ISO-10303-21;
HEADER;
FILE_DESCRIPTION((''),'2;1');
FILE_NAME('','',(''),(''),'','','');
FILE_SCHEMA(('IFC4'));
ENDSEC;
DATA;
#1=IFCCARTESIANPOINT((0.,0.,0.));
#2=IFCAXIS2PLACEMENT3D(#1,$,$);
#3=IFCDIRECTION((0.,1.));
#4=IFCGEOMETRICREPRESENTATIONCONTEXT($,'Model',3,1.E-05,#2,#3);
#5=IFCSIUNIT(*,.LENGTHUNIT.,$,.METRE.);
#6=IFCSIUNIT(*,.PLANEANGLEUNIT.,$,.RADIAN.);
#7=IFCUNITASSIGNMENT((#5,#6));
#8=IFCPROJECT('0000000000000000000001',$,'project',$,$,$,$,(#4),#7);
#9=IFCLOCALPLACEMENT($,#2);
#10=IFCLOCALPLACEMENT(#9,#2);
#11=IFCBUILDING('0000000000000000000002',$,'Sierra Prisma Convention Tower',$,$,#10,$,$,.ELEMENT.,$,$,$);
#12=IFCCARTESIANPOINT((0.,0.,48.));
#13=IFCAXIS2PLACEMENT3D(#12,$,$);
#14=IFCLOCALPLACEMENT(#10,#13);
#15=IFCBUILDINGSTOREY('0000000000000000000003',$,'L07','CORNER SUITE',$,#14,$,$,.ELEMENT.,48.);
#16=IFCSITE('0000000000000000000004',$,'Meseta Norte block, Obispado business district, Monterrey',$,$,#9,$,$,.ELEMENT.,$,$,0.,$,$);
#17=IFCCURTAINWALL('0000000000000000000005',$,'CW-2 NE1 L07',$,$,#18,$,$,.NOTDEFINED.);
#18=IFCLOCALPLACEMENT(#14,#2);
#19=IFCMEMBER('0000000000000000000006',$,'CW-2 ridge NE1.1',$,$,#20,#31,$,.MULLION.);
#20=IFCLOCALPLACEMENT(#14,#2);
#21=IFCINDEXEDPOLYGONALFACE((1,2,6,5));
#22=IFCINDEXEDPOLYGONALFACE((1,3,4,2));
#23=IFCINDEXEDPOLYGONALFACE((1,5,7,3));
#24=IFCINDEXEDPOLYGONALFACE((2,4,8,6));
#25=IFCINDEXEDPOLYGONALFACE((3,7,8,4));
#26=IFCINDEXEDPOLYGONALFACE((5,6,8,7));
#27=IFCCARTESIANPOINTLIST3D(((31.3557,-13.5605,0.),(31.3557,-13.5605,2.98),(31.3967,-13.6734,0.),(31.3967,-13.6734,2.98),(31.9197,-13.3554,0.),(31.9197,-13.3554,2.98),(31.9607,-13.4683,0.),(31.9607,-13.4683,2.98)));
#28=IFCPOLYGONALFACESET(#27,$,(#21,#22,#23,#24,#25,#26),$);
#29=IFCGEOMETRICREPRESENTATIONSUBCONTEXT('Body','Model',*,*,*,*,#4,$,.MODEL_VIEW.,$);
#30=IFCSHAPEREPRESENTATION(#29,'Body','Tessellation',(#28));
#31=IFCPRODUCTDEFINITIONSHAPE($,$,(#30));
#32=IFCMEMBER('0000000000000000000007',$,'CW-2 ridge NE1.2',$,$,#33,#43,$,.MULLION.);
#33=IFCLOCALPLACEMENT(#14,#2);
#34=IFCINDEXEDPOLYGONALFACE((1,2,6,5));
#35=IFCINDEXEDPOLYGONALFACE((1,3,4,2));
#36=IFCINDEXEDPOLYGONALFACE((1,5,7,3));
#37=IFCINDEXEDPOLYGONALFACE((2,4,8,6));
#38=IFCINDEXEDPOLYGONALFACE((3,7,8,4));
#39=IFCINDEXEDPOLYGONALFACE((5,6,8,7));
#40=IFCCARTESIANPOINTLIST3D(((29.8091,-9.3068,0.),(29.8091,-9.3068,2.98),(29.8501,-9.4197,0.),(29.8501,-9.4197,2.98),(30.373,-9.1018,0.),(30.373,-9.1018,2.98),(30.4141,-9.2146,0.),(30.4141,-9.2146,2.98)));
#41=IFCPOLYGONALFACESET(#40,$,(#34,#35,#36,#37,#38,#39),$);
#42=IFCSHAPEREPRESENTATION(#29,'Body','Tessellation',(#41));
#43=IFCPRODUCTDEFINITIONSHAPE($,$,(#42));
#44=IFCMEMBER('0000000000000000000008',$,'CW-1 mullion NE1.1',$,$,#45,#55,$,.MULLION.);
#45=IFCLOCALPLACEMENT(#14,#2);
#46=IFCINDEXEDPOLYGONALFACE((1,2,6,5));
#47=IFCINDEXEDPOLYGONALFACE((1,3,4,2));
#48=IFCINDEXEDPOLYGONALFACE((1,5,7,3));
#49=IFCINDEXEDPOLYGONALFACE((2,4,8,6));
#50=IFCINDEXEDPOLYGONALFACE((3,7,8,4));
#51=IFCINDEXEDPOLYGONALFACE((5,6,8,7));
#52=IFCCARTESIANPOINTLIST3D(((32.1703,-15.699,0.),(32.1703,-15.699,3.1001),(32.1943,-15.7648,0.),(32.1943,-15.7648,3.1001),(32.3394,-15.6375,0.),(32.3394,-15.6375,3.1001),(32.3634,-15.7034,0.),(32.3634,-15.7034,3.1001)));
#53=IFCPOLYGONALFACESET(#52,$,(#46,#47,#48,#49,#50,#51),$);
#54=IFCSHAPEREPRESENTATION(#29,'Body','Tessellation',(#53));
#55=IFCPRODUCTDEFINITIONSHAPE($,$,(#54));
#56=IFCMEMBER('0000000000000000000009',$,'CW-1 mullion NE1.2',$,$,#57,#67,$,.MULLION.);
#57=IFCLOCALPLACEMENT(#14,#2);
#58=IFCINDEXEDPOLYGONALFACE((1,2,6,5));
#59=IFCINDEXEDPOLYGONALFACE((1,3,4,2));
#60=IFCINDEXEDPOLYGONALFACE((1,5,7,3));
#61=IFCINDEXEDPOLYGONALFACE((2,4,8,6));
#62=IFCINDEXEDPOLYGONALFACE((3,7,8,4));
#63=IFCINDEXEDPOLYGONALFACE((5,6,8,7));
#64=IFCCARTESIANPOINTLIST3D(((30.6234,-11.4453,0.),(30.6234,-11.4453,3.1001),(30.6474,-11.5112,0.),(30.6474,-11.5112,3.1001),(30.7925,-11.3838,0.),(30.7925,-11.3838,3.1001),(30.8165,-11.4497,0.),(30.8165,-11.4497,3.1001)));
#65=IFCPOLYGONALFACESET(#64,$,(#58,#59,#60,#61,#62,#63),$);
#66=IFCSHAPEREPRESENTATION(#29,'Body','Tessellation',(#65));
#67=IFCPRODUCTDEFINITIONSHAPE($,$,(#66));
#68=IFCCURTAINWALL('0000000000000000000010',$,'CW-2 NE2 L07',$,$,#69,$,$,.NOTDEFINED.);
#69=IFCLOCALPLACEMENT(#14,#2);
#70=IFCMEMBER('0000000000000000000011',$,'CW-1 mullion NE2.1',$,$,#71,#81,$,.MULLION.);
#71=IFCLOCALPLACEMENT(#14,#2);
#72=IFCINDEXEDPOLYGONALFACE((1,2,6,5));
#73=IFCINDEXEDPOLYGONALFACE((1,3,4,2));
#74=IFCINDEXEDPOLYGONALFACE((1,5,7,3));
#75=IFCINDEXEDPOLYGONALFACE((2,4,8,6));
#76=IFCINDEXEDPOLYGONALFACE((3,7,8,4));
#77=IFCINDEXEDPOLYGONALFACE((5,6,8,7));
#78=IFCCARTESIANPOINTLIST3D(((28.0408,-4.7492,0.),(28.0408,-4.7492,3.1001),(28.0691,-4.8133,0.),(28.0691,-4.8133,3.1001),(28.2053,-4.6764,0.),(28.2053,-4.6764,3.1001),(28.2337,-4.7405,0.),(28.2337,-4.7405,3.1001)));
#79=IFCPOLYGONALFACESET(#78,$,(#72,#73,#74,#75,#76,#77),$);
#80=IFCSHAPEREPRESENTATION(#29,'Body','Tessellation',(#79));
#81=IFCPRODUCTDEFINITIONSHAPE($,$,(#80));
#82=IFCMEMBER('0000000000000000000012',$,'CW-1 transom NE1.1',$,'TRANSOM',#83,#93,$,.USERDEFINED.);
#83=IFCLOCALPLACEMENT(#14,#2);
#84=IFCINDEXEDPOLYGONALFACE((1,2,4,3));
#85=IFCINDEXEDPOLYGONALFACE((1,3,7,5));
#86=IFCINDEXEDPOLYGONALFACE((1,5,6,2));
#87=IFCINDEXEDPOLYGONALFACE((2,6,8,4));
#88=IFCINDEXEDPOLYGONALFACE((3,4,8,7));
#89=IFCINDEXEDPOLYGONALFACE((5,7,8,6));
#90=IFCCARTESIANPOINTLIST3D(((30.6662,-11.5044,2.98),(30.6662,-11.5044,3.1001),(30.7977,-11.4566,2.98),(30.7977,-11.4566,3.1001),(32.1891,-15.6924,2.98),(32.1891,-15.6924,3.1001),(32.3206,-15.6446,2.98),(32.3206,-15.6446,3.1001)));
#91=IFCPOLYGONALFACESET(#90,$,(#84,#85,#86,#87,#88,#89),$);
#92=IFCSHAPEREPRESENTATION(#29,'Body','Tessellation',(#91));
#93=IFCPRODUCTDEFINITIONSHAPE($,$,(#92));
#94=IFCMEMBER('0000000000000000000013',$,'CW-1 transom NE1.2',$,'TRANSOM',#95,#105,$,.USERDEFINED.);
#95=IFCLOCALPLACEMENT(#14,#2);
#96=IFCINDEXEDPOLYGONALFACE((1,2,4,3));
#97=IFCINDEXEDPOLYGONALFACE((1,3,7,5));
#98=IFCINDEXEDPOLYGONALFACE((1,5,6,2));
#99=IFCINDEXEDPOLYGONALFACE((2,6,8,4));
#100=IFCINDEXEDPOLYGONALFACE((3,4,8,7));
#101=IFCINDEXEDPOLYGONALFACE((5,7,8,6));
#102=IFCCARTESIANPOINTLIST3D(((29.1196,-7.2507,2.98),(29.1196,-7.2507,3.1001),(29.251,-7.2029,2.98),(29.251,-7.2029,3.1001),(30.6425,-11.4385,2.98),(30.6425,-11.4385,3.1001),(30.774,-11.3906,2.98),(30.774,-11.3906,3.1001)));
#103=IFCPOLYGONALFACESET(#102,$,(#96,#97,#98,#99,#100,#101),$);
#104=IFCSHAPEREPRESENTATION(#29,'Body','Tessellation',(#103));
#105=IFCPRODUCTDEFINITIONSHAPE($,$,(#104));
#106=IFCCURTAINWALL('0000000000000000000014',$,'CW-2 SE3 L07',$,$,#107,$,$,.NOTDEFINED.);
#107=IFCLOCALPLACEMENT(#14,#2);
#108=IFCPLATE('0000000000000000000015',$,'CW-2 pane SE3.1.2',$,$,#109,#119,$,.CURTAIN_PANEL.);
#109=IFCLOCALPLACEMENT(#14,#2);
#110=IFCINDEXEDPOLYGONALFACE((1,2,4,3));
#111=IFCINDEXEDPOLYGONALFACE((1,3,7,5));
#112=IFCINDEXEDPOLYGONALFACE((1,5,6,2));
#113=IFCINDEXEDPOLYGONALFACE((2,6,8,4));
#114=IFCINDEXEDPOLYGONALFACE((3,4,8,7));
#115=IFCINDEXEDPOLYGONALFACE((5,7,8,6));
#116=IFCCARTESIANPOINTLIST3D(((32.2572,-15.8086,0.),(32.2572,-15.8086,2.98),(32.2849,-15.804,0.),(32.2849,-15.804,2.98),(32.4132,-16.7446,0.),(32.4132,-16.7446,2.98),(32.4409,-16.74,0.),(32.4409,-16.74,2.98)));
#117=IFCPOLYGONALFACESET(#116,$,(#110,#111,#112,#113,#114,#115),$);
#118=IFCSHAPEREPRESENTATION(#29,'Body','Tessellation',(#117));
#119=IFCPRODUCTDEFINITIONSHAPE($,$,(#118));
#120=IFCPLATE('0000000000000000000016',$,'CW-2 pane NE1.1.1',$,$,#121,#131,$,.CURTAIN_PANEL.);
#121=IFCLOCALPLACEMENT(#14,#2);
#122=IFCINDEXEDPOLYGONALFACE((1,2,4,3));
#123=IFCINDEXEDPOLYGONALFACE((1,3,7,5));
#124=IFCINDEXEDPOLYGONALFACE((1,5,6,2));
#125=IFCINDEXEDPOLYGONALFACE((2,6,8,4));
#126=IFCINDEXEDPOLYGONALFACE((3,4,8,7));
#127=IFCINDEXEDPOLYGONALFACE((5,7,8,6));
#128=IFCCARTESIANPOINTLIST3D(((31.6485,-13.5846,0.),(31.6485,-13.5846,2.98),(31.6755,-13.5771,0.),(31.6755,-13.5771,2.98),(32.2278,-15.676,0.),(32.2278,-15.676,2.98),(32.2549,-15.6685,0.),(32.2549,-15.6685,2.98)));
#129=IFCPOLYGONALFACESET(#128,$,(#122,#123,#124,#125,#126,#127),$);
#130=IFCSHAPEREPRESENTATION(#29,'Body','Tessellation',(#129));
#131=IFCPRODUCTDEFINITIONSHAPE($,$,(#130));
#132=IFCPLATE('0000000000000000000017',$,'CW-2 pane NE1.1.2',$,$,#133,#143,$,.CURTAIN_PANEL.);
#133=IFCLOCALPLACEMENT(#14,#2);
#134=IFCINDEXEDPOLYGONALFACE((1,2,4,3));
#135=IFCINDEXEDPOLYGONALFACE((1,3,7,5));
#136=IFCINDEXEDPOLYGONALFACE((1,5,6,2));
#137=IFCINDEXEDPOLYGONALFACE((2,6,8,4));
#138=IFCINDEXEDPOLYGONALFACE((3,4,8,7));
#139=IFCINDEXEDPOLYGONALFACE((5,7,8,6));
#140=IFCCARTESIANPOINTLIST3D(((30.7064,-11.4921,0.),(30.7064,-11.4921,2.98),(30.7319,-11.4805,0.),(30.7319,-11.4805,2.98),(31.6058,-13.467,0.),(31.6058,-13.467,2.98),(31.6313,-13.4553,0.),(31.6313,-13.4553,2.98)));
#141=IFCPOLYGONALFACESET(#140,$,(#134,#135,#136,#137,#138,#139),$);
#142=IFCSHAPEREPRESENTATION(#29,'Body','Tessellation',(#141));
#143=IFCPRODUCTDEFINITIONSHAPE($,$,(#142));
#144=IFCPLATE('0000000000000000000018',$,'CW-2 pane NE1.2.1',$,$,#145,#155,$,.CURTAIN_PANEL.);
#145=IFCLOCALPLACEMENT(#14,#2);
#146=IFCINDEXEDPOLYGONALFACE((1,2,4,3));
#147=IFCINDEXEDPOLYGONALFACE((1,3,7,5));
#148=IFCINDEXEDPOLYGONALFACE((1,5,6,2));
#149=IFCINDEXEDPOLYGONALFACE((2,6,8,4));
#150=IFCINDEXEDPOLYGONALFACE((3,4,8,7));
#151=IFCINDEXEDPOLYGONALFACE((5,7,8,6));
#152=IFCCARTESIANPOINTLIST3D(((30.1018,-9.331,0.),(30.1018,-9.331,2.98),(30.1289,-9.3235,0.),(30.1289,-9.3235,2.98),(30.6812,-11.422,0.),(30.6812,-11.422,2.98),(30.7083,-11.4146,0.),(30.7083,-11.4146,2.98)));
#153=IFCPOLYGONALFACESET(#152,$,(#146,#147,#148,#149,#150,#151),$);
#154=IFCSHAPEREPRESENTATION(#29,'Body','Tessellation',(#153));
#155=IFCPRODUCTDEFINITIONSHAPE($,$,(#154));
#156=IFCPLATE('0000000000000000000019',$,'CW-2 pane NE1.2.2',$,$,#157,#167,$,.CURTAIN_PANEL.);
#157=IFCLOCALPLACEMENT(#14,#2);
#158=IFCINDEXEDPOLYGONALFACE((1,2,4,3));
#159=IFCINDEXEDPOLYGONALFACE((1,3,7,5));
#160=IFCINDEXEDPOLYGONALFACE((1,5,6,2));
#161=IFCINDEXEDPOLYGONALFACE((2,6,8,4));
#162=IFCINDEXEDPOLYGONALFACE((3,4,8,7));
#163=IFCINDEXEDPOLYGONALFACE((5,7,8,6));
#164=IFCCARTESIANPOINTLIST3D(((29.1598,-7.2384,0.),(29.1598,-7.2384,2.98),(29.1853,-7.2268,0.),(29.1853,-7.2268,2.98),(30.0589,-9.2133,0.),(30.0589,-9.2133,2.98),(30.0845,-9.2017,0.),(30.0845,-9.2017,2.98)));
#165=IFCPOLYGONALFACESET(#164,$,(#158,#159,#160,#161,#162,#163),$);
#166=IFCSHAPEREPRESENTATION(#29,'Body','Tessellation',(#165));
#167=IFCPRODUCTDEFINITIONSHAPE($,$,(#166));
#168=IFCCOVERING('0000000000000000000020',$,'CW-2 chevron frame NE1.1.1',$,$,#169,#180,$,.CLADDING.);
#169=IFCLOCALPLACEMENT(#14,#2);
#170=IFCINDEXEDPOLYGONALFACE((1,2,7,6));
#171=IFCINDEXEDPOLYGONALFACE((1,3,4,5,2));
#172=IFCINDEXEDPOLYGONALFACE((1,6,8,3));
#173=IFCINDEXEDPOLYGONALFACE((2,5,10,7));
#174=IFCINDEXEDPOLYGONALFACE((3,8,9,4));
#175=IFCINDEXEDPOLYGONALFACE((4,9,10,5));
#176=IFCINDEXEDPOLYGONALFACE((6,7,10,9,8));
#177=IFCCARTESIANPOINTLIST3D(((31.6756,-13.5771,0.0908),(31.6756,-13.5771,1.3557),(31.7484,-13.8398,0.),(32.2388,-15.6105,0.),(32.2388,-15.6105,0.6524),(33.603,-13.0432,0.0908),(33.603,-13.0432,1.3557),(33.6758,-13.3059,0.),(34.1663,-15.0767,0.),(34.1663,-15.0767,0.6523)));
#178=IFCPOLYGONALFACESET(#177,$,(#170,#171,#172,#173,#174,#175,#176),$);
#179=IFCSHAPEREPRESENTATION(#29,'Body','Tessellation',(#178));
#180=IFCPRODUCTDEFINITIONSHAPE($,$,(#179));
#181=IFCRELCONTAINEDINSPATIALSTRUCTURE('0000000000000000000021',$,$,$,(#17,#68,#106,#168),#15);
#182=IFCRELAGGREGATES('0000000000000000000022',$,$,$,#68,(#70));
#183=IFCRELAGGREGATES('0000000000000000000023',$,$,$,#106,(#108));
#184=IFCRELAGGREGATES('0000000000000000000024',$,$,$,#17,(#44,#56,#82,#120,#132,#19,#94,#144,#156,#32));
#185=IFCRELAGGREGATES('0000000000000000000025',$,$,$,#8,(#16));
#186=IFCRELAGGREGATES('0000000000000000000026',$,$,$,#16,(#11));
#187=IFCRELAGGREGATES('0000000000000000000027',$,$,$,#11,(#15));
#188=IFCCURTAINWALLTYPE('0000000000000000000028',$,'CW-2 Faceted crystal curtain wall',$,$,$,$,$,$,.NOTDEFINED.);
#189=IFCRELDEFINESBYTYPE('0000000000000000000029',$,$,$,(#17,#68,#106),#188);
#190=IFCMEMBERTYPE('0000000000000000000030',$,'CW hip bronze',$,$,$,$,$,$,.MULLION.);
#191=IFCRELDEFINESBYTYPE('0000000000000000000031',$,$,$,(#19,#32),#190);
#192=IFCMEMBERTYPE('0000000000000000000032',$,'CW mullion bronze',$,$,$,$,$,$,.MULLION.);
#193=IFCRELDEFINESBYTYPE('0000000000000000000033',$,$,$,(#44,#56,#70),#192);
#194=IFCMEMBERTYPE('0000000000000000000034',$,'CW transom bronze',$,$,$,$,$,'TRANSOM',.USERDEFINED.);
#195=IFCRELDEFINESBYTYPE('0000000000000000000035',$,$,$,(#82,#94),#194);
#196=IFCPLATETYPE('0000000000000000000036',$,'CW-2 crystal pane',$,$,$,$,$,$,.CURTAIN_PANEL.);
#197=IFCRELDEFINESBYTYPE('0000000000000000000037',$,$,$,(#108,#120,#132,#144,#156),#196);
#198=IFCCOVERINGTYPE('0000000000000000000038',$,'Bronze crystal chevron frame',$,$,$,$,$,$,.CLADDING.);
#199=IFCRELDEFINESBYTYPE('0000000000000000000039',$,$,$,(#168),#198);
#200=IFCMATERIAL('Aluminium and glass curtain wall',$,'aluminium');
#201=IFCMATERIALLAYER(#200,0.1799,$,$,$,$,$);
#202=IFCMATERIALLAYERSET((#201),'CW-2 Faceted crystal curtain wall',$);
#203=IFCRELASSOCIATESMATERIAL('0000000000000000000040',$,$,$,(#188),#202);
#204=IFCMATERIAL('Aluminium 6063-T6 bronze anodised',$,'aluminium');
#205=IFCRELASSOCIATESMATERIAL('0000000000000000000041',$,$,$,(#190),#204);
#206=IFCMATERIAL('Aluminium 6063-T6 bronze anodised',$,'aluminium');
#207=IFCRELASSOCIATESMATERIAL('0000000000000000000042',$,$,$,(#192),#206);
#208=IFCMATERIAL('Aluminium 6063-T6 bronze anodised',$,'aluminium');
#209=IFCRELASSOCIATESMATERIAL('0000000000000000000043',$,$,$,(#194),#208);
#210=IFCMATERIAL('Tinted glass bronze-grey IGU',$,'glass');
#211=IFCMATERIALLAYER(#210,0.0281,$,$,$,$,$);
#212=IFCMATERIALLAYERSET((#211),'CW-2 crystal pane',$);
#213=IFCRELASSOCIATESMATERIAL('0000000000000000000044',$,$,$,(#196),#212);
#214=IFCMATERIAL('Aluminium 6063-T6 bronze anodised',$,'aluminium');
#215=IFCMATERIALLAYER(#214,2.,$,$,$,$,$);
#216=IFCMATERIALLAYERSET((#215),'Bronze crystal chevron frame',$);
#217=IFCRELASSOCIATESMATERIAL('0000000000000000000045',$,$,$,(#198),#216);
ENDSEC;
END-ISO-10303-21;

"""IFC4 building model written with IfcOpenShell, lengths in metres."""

from ifc_helpers import new_model, si_unit, direction, frame, origin, origin_2d, place, context, subcontext, project, spatial, polyline, rectangle, outline, extrude, material, layer, layer_set, material_profile, profile_set, type_object, element, aggregate, save


model = new_model("IFC4")

# Units and contexts
model_context = context("Model", 3, precision=1e-05, world=origin(), true_north=direction((0.0, 1.0)))
body_context = subcontext(model_context, "Body", "Model", "MODEL_VIEW")
ifc_project = project(units=[si_unit("LENGTHUNIT", "METRE"), si_unit("PLANEANGLEUNIT", "RADIAN")], contexts=[model_context])

# Site, building, storey
site_placement = place(None, origin())
site = spatial("IfcSite", under=ifc_project, at=site_placement, Name="Meseta Norte block, Obispado business district, Monterrey", CompositionType="ELEMENT", RefElevation=0.0)
building_placement = place(site_placement, origin())
building = spatial("IfcBuilding", under=site, at=building_placement, Name="Sierra Prisma Convention Tower", CompositionType="ELEMENT")
storey_placement = place(building_placement, frame((0.0, 0.0, 48.0)))
storey = spatial("IfcBuildingStorey", under=building, at=storey_placement, Name="L07", Description="CORNER SUITE", CompositionType="ELEMENT", Elevation=48.0)

# Curtain wall, members
ifc_material_1 = material(Name="Aluminium and glass curtain wall", Category="aluminium")
ifc_layer_1 = layer(ifc_material_1, 0.1799)
ifc_layer_set_1 = layer_set([ifc_layer_1], Name="CW-2 Faceted crystal curtain wall")
curtain_wall_type = type_object("IfcCurtainWallType", Name="CW-2 Faceted crystal curtain wall", PredefinedType="NOTDEFINED", material=ifc_layer_set_1)
curtain_wall_1_placement = place(storey_placement, origin())
curtain_wall_1 = element("IfcCurtainWall", 1, at=curtain_wall_1_placement, inside=storey, type_object=curtain_wall_type, Name="CW-2 NE1 L07", PredefinedType="NOTDEFINED")
ifc_material_2 = material(Name="Aluminium 6063-T6 bronze anodised", Category="aluminium")
ifc_material_profile_1 = material_profile(ifc_material_2, rectangle(XDim=0.1201, YDim=0.6001, at=origin_2d()), Name="ALU RIDGE BLADE 120x600")
ifc_profile_set_1 = profile_set([ifc_material_profile_1], Name="Aluminium 6063-T6 bronze anodised")
member_type_1 = type_object("IfcMemberType", Name="CW hip bronze", PredefinedType="MULLION", material=ifc_profile_set_1)
member_1_placement = place(storey_placement, frame((31.6582, -13.5144, 0.0), z_axis=(0.0, 0.0, 1.0), x_axis=(-0.34173, 0.939798, 0.0)))
member_1 = element("IfcMember", 2, at=member_1_placement, type_object=member_type_1, Name="CW-2 ridge NE1.1", PredefinedType="MULLION", context=body_context, shape_type="SweptSolid", body=[
    extrude(rectangle(XDim=0.1201, YDim=0.6001, at=origin_2d()), origin(), (0.0, 0.0, 1.0), 2.98),
])
member_2_placement = place(storey_placement, frame((30.1116, -9.2607, 0.0), z_axis=(0.0, 0.0, 1.0), x_axis=(-0.34173, 0.939798, 0.0)))
member_2 = element("IfcMember", 3, at=member_2_placement, type_object=member_type_1, Name="CW-2 ridge NE1.2", PredefinedType="MULLION", context=body_context, shape_type="SweptSolid", body=[
    extrude(rectangle(XDim=0.1201, YDim=0.6001, at=origin_2d()), origin(), (0.0, 0.0, 1.0), 2.98),
])
ifc_material_3 = material(Name="Aluminium 6063-T6 bronze anodised", Category="aluminium")
ifc_material_profile_2 = material_profile(ifc_material_3, rectangle(XDim=0.1799, YDim=0.0701, at=origin_2d()), Name="ALU MULLION 70x180")
ifc_profile_set_2 = profile_set([ifc_material_profile_2], Name="Aluminium 6063-T6 bronze anodised")
member_type_2 = type_object("IfcMemberType", Name="CW mullion bronze", PredefinedType="MULLION", material=ifc_profile_set_2)
member_3_placement = place(storey_placement, frame((32.2668, -15.7012, 0.0), z_axis=(0.0, 0.0, 1.0), x_axis=(-0.939798, -0.34173, 0.0)))
member_3 = element("IfcMember", 4, at=member_3_placement, type_object=member_type_2, Name="CW-1 mullion NE1.1", PredefinedType="MULLION", context=body_context, shape_type="SweptSolid", body=[
    extrude(rectangle(XDim=0.1799, YDim=0.0701, at=origin_2d()), origin(), (0.0, 0.0, 1.0), 3.1001),
])
member_4_placement = place(storey_placement, frame((30.72, -11.4475, 0.0), z_axis=(0.0, 0.0, 1.0), x_axis=(-0.939798, -0.34173, 0.0)))
member_4 = element("IfcMember", 5, at=member_4_placement, type_object=member_type_2, Name="CW-1 mullion NE1.2", PredefinedType="MULLION", context=body_context, shape_type="SweptSolid", body=[
    extrude(rectangle(XDim=0.1799, YDim=0.0701, at=origin_2d()), origin(), (0.0, 0.0, 1.0), 3.1001),
])

# Curtain wall, member
curtain_wall_2_placement = place(storey_placement, origin())
curtain_wall_2 = element("IfcCurtainWall", 6, at=curtain_wall_2_placement, inside=storey, type_object=curtain_wall_type, Name="CW-2 NE2 L07", PredefinedType="NOTDEFINED")
member_5_placement = place(storey_placement, frame((28.1372, -4.7449, 0.0), z_axis=(0.0, 0.0, 1.0), x_axis=(-0.914535, -0.404506, 0.0)))
member_5 = element("IfcMember", 7, at=member_5_placement, type_object=member_type_2, Name="CW-1 mullion NE2.1", PredefinedType="MULLION", context=body_context, shape_type="SweptSolid", body=[
    extrude(rectangle(XDim=0.1799, YDim=0.0701, at=origin_2d()), origin(), (0.0, 0.0, 1.0), 3.1001),
])
aggregate(curtain_wall_2, [member_5])

# Members
ifc_material_4 = material(Name="Aluminium 6063-T6 bronze anodised", Category="aluminium")
ifc_material_profile_3 = material_profile(ifc_material_4, rectangle(XDim=0.1399, YDim=0.1201, at=origin_2d()), Name="ALU TRANSOM 120x140")
ifc_profile_set_3 = profile_set([ifc_material_profile_3], Name="Aluminium 6063-T6 bronze anodised")
member_type_3 = type_object("IfcMemberType", Name="CW transom bronze", ElementType="TRANSOM", PredefinedType="USERDEFINED", material=ifc_profile_set_3)
member_6_placement = place(storey_placement, frame((32.2549, -15.6685, 3.04), z_axis=(-0.341752, 0.93979, 0.0), x_axis=(-0.93979, -0.341752, 0.0)))
member_6 = element("IfcMember", 8, at=member_6_placement, type_object=member_type_3, Name="CW-1 transom NE1.1", ObjectType="TRANSOM", PredefinedType="USERDEFINED", context=body_context, shape_type="SweptSolid", body=[
    extrude(rectangle(XDim=0.1399, YDim=0.1201, at=origin_2d()), origin(), (0.0, 0.0, 1.0), 4.4563),
])
member_7_placement = place(storey_placement, frame((30.7083, -11.4146, 3.04), z_axis=(-0.341769, 0.939784, 0.0), x_axis=(-0.939784, -0.341769, 0.0)))
member_7 = element("IfcMember", 9, at=member_7_placement, type_object=member_type_3, Name="CW-1 transom NE1.2", ObjectType="TRANSOM", PredefinedType="USERDEFINED", context=body_context, shape_type="SweptSolid", body=[
    extrude(rectangle(XDim=0.1399, YDim=0.1201, at=origin_2d()), origin(), (0.0, 0.0, 1.0), 4.4561),
])

# Curtain wall, plate
curtain_wall_3_placement = place(storey_placement, origin())
curtain_wall_3 = element("IfcCurtainWall", 10, at=curtain_wall_3_placement, inside=storey, type_object=curtain_wall_type, Name="CW-2 SE3 L07", PredefinedType="NOTDEFINED")
ifc_material_5 = material(Name="Tinted glass bronze-grey IGU", Category="glass")
ifc_layer_2 = layer(ifc_material_5, 0.0281)
ifc_layer_set_2 = layer_set([ifc_layer_2], Name="CW-2 crystal pane")
plate_type = type_object("IfcPlateType", Name="CW-2 crystal pane", PredefinedType="CURTAIN_PANEL", material=ifc_layer_set_2)
plate_1_placement = place(storey_placement, frame((32.2849, -15.804, 0.0), z_axis=(0.986394, 0.164399, 0.0), x_axis=(0.164399, -0.986394, 0.0)))
plate_1 = element("IfcPlate", 11, at=plate_1_placement, type_object=plate_type, Name="CW-2 pane SE3.1.2", PredefinedType="CURTAIN_PANEL", context=body_context, shape_type="SweptSolid", body=[
    extrude(outline(polyline([(0.0, 0.0), (0.9489, 0.0), (0.9489, -2.98), (0.0, -2.98), (0.0, 0.0)])), origin(), (0.0, 0.0, -1.0), 0.0281),
])
aggregate(curtain_wall_3, [plate_1])

# Plates
plate_2_placement = place(storey_placement, frame((32.2549, -15.6685, 0.0), z_axis=(0.963705, 0.266971, 0.0), x_axis=(-0.266971, 0.963705, 0.0)))
plate_2 = element("IfcPlate", 12, at=plate_2_placement, type_object=plate_type, Name="CW-2 pane NE1.1.1", PredefinedType="CURTAIN_PANEL", context=body_context, shape_type="SweptSolid", body=[
    extrude(outline(polyline([(0.0, 0.0), (2.1701, 0.0), (2.1701, 2.98), (0.0, 2.98), (0.0, 0.0)])), origin(), (0.0, 0.0, -1.0), 0.0281),
])
plate_3_placement = place(storey_placement, frame((30.7319, -11.4805, 0.0), z_axis=(0.910062, 0.414472, 0.0), x_axis=(0.414472, -0.910062, 0.0)))
plate_3 = element("IfcPlate", 13, at=plate_3_placement, type_object=plate_type, Name="CW-2 pane NE1.1.2", PredefinedType="CURTAIN_PANEL", context=body_context, shape_type="SweptSolid", body=[
    extrude(outline(polyline([(0.0, 0.0), (2.17, 0.0), (2.17, -2.98), (0.0, -2.98), (0.0, 0.0)])), origin(), (0.0, 0.0, -1.0), 0.0281),
])
plate_4_placement = place(storey_placement, frame((30.7083, -11.4146, 0.0), z_axis=(0.963697, 0.267, 0.0), x_axis=(-0.267, 0.963697, 0.0)))
plate_4 = element("IfcPlate", 14, at=plate_4_placement, type_object=plate_type, Name="CW-2 pane NE1.2.1", PredefinedType="CURTAIN_PANEL", context=body_context, shape_type="SweptSolid", body=[
    extrude(outline(polyline([(0.0, 0.0), (2.1698, 0.0), (2.1698, 2.98), (0.0, 2.98), (0.0, 0.0)])), origin(), (0.0, 0.0, -1.0), 0.0281),
])
plate_5_placement = place(storey_placement, frame((29.1853, -7.2268, 0.0), z_axis=(0.910104, 0.414379, 0.0), x_axis=(0.414379, -0.910104, 0.0)))
plate_5 = element("IfcPlate", 15, at=plate_5_placement, type_object=plate_type, Name="CW-2 pane NE1.2.2", PredefinedType="CURTAIN_PANEL", context=body_context, shape_type="SweptSolid", body=[
    extrude(outline(polyline([(0.0, 0.0), (2.1699, 0.0), (2.1699, -2.98), (0.0, -2.98), (0.0, 0.0)])), origin(), (0.0, 0.0, -1.0), 0.0281),
])
aggregate(curtain_wall_1, [member_3, member_4, member_6, plate_2, plate_3, member_1, member_7, plate_4, plate_5, member_2])

# Covering
ifc_material_6 = material(Name="Aluminium 6063-T6 bronze anodised", Category="aluminium")
ifc_layer_3 = layer(ifc_material_6, 2.0)
ifc_layer_set_3 = layer_set([ifc_layer_3], Name="Bronze crystal chevron frame")
covering_type = type_object("IfcCoveringType", Name="Bronze crystal chevron frame", PredefinedType="CLADDING", material=ifc_layer_set_3)
covering_1_placement = place(storey_placement, frame((33.6758, -13.3059, 0.0), z_axis=(0.963715, 0.266934, -0.000004), x_axis=(-0.253246, 0.914302, 0.316099)))
element("IfcCovering", 16, at=covering_1_placement, inside=storey, type_object=covering_type, Name="CW-2 chevron frame NE1.1.1", PredefinedType="CLADDING", context=body_context, shape_type="SweptSolid", body=[
    extrude(outline(polyline([(0.0, 0.0), (0.2873, 0.0), (0.6871, 1.2), (-1.537, 1.1997), (-1.7432, 0.5808), (0.0, 0.0)])), origin(), (0.0, 0.0, -1.0), 2.0),
])

save(model, "model.ifc")
